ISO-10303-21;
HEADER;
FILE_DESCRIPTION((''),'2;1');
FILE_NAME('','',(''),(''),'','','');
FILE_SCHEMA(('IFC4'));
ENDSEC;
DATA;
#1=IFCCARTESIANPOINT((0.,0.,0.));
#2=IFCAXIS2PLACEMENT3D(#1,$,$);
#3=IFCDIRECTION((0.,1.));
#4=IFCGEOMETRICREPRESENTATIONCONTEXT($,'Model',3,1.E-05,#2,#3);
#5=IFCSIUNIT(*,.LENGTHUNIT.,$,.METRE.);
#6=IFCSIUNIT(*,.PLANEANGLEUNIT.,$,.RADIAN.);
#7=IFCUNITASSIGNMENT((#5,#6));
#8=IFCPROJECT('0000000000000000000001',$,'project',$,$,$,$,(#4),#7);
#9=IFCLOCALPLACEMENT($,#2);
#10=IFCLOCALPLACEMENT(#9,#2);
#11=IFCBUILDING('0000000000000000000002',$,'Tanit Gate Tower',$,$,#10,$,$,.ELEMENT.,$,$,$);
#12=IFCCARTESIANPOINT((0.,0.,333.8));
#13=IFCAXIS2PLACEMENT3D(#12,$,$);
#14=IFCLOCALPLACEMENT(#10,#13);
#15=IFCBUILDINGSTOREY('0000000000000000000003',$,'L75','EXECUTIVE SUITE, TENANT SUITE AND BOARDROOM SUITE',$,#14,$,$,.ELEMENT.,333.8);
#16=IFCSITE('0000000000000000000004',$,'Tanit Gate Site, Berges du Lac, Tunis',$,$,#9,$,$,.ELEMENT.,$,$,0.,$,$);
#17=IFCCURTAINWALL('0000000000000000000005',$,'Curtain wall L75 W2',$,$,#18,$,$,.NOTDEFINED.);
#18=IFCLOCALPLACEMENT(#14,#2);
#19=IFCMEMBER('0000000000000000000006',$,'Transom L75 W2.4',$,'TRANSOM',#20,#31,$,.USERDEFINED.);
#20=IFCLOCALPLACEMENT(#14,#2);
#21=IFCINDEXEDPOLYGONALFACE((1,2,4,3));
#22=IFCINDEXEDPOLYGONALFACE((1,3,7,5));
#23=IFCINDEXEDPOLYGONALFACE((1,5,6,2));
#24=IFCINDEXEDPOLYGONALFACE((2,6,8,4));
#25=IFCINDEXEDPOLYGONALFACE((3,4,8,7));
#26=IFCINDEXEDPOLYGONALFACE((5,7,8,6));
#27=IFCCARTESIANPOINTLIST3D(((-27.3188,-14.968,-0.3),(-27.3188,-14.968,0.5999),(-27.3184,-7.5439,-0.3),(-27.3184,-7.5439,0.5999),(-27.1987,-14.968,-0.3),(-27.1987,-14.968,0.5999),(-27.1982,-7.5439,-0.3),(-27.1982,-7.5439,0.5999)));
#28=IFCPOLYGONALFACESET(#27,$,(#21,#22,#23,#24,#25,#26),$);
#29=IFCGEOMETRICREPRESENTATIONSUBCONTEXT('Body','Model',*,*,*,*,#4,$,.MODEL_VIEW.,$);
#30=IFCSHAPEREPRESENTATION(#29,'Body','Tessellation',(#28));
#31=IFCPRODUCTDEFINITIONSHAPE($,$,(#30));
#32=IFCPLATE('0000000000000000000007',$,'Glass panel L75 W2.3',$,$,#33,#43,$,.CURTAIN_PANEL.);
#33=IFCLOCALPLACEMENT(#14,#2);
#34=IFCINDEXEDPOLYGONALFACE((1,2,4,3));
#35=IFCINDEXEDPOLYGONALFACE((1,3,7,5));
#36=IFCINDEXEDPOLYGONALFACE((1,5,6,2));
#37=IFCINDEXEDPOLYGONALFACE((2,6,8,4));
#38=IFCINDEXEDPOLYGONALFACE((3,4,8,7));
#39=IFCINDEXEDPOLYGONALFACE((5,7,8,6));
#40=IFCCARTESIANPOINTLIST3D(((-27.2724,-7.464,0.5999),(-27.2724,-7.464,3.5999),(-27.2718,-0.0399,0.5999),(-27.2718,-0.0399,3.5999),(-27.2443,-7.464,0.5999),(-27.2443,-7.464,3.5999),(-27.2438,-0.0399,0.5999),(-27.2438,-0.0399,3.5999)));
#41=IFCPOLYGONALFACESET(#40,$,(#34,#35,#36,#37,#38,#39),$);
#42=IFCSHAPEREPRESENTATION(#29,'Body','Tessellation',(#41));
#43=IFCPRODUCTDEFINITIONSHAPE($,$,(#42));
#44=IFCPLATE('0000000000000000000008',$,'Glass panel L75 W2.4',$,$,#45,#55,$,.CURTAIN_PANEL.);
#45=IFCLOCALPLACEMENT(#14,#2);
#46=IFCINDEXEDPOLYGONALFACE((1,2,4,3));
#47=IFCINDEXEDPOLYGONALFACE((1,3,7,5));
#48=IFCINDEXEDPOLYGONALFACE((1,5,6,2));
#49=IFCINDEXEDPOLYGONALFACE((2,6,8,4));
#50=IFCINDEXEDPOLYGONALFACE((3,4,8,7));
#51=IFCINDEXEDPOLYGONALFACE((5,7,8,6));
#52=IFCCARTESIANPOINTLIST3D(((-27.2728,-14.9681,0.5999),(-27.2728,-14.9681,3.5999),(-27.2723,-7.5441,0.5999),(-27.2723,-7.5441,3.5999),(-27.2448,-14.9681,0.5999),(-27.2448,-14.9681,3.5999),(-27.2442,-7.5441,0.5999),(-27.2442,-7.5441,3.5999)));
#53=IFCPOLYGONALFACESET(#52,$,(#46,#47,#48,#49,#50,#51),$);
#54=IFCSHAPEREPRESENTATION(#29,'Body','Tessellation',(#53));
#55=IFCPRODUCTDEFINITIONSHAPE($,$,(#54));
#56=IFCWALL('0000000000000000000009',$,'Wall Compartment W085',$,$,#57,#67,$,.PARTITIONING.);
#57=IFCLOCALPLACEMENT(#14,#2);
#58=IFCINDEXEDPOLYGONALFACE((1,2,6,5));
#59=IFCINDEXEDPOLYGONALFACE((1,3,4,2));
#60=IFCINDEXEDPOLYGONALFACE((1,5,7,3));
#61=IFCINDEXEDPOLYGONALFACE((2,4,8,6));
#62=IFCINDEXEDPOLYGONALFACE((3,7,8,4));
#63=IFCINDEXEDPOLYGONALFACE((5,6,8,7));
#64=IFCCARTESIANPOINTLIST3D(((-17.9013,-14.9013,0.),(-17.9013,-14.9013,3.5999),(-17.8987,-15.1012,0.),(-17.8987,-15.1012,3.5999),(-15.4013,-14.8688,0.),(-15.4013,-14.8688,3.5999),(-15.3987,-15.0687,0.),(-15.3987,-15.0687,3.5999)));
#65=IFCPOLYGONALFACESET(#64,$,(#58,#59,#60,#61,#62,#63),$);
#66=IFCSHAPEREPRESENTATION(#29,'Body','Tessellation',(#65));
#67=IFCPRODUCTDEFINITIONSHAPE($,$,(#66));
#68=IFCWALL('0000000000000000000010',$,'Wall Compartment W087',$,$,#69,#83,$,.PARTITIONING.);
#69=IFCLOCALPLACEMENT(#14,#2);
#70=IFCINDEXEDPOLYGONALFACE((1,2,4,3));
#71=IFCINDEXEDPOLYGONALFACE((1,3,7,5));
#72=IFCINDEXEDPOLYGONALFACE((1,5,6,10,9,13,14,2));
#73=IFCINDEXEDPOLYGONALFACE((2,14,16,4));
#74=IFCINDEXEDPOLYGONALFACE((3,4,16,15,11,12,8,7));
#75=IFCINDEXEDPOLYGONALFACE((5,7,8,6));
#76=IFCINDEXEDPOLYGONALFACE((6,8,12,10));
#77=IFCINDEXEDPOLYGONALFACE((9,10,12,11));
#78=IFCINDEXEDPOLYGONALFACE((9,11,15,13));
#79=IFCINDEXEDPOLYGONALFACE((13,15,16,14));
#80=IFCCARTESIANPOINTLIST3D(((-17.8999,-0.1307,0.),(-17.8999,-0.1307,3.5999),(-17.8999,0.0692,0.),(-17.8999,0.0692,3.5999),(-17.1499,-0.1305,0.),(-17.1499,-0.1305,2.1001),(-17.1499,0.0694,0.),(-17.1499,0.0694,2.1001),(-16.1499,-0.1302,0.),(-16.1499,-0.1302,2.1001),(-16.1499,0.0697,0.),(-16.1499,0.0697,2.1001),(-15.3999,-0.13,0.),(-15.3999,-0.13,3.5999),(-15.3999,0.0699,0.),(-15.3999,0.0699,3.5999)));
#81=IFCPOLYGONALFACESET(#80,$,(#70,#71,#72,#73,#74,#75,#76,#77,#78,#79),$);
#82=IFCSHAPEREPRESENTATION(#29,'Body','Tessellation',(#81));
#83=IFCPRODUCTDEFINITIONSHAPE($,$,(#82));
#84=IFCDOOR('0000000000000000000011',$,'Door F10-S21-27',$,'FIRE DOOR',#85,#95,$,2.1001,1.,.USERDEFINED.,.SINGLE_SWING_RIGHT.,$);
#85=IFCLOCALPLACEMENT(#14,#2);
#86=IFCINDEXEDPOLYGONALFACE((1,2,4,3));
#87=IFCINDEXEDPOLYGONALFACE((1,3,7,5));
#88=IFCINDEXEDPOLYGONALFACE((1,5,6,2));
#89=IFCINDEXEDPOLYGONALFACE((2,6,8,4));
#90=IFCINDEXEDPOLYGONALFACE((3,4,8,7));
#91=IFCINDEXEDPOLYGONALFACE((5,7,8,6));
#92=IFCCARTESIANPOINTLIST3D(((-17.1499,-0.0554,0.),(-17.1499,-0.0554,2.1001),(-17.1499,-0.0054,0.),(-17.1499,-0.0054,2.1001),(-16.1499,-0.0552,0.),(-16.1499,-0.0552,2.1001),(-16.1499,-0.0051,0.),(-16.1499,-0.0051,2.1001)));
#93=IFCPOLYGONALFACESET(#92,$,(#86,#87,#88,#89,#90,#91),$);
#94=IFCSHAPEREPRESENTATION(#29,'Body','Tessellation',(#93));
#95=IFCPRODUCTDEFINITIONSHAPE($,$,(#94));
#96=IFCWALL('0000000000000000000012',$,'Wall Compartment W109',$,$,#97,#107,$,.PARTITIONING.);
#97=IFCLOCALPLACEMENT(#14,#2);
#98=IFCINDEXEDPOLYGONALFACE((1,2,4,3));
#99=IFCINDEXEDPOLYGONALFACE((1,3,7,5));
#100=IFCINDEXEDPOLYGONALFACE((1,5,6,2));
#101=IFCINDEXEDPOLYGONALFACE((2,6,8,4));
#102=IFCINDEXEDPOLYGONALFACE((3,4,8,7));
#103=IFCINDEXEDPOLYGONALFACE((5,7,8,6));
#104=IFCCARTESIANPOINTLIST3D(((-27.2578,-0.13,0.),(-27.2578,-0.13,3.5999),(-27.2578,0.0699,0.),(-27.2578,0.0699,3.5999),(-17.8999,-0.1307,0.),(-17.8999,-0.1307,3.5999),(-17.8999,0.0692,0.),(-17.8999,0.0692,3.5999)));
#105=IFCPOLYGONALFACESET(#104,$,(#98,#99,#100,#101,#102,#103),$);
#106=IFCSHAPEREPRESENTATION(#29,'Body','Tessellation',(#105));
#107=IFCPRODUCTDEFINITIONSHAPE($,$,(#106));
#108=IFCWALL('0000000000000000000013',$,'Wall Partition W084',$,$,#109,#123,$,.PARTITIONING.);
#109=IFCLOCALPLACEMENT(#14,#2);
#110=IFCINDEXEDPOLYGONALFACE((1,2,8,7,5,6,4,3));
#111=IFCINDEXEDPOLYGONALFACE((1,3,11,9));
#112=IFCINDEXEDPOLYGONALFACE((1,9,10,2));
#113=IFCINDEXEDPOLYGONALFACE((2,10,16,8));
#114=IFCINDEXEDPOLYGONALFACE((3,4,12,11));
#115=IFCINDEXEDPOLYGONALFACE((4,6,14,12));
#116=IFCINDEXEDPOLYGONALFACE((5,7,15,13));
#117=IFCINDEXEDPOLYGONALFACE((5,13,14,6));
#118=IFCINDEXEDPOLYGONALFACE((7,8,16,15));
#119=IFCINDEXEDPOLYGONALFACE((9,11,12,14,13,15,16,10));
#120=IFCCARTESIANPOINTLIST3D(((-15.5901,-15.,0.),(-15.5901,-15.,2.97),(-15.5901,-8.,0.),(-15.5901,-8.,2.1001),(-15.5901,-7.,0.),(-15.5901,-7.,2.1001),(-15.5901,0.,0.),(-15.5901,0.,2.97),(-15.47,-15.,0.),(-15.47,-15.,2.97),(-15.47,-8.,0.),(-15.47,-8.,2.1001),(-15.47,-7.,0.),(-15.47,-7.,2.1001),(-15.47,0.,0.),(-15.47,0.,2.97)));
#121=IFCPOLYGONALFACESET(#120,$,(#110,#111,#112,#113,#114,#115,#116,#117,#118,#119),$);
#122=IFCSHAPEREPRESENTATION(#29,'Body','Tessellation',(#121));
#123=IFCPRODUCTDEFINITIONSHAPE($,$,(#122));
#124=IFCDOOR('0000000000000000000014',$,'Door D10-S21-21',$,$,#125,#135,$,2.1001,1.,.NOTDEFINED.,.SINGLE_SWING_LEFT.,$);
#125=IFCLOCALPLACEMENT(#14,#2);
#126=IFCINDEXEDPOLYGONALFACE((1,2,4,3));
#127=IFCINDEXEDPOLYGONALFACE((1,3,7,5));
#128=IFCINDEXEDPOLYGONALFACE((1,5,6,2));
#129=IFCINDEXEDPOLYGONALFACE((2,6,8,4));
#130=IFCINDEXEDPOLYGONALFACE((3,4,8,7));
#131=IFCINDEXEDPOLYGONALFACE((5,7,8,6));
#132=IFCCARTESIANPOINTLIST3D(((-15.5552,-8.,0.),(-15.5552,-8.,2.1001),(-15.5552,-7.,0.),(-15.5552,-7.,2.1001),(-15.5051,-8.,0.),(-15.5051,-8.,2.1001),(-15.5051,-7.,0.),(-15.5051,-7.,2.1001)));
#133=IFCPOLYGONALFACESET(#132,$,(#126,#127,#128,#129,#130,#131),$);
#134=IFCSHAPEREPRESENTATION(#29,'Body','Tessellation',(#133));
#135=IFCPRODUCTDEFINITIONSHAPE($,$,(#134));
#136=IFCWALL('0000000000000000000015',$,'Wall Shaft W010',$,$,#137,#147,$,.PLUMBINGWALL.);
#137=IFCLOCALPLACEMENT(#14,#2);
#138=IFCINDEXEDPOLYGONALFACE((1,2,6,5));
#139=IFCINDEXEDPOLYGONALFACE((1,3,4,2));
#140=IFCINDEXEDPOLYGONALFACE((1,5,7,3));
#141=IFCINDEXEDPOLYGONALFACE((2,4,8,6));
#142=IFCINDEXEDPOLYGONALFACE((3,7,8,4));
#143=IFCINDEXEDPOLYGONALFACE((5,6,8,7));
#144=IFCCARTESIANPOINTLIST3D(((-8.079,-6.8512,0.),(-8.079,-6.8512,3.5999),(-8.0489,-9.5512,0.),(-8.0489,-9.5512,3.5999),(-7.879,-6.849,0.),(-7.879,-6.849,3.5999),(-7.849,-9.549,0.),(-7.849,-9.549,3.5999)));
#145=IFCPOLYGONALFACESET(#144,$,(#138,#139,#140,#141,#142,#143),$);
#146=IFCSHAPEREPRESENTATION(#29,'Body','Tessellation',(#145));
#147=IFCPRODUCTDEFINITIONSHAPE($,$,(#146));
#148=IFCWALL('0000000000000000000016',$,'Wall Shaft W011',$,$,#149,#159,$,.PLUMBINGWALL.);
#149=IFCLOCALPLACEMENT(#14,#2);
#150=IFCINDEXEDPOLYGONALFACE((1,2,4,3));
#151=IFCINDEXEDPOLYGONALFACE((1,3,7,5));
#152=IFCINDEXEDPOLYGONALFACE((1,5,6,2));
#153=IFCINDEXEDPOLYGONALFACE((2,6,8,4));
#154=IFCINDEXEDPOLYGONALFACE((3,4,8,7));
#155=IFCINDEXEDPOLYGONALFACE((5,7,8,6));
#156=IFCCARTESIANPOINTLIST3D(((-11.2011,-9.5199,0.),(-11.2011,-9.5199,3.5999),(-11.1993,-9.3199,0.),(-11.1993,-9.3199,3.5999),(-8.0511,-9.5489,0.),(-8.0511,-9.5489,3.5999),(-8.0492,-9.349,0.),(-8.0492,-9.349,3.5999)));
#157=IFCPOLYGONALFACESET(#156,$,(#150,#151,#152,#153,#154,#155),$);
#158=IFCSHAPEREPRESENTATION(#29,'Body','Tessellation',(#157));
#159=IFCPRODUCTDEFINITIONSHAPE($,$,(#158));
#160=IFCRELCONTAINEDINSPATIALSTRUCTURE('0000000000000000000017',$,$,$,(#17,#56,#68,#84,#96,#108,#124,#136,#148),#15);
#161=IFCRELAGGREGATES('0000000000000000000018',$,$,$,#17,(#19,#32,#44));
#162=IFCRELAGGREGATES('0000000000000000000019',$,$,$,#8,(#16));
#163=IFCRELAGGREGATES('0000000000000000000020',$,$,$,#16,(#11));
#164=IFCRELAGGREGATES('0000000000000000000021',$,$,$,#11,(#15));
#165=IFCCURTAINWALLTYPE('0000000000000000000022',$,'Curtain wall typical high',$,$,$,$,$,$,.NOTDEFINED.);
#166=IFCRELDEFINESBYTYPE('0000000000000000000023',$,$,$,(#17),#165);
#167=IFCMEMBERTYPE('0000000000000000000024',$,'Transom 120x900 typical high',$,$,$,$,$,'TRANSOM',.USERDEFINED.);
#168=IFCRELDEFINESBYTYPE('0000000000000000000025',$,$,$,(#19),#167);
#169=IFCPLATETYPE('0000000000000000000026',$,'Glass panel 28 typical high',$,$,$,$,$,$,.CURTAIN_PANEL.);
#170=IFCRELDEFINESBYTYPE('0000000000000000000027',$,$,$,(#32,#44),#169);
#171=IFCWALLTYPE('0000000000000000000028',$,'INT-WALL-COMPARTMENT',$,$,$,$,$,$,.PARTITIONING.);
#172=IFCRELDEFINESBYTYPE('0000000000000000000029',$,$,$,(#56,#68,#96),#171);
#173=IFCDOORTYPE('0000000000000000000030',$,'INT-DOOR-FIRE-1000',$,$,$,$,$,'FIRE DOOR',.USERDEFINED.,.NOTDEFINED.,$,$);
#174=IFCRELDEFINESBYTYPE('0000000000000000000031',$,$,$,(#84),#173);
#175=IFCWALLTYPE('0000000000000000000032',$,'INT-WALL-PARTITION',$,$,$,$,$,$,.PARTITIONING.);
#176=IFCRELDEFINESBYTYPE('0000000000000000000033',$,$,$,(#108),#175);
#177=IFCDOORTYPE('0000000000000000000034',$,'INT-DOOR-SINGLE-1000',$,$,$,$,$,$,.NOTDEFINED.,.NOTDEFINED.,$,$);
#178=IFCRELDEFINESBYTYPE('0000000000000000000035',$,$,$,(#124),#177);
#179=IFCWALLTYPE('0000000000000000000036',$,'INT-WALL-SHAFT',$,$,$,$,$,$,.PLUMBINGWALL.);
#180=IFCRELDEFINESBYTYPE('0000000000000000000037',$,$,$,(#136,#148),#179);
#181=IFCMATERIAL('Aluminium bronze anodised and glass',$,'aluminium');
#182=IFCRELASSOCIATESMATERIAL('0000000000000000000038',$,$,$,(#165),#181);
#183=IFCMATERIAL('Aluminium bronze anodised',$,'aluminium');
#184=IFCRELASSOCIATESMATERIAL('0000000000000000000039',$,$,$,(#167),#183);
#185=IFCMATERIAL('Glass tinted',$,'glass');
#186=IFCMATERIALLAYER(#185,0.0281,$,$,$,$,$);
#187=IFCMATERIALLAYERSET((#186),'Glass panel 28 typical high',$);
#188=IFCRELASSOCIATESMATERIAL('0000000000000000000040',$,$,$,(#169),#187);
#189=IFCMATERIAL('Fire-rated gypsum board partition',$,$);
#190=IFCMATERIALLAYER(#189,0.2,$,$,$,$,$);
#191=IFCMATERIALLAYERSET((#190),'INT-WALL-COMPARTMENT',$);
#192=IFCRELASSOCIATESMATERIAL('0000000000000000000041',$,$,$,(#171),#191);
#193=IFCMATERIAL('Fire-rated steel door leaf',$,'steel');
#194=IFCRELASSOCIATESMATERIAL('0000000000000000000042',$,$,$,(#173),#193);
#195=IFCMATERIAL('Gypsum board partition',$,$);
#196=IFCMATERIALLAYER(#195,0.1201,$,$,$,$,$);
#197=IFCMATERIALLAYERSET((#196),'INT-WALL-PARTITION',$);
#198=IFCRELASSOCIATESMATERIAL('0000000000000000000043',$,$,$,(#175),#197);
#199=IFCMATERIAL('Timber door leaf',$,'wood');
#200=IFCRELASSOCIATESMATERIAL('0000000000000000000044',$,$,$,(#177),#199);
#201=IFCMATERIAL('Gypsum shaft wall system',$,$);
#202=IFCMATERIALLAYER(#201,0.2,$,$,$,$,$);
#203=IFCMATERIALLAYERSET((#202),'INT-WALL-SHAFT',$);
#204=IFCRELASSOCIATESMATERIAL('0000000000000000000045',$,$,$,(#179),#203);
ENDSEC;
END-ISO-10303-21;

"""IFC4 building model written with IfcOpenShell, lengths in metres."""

from ifc_helpers import new_model, si_unit, direction, frame, frame_2d, origin, origin_2d, place, context, subcontext, project, spatial, rectangle, extrude, material, layer, layer_set, material_profile, profile_set, type_object, element, fill, aggregate, save


model = new_model("IFC4")

# Units and contexts
model_context = context("Model", 3, precision=1e-05, world=origin(), true_north=direction((0.0, 1.0)))
body_context = subcontext(model_context, "Body", "Model", "MODEL_VIEW")
ifc_project = project(units=[si_unit("LENGTHUNIT", "METRE"), si_unit("PLANEANGLEUNIT", "RADIAN")], contexts=[model_context])

# Site, building, storey
site_placement = place(None, origin())
site = spatial("IfcSite", under=ifc_project, at=site_placement, Name="Tanit Gate Site, Berges du Lac, Tunis", CompositionType="ELEMENT", RefElevation=0.0)
building_placement = place(site_placement, origin())
building = spatial("IfcBuilding", under=site, at=building_placement, Name="Tanit Gate Tower", CompositionType="ELEMENT")
storey_placement = place(building_placement, frame((0.0, 0.0, 333.8)))
storey = spatial("IfcBuildingStorey", under=building, at=storey_placement, Name="L75", Description="EXECUTIVE SUITE, TENANT SUITE AND BOARDROOM SUITE", CompositionType="ELEMENT", Elevation=333.8)

# Curtain wall
ifc_material_1 = material(Name="Aluminium bronze anodised and glass", Category="aluminium")
curtain_wall_type = type_object("IfcCurtainWallType", Name="Curtain wall typical high", PredefinedType="NOTDEFINED", material=ifc_material_1)
curtain_wall_placement = place(storey_placement, origin())
curtain_wall = element("IfcCurtainWall", 1, at=curtain_wall_placement, inside=storey, type_object=curtain_wall_type, Name="Curtain wall L75 W2", PredefinedType="NOTDEFINED")

# Member
ifc_material_2 = material(Name="Aluminium bronze anodised", Category="aluminium")
ifc_material_profile_1 = material_profile(ifc_material_2, rectangle(XDim=0.1201, YDim=0.8999, at=origin_2d()), Name="120x900 bronze transom")
ifc_profile_set_1 = profile_set([ifc_material_profile_1], Name="Aluminium bronze anodised")
member_type_1 = type_object("IfcMemberType", Name="Transom 120x900 typical high", ElementType="TRANSOM", PredefinedType="USERDEFINED", material=ifc_profile_set_1)
member_1_placement = place(storey_placement, frame((-27.2583, -7.5439, 0.1499), z_axis=(-0.000066, -1.0, 0.0), x_axis=(1.0, -0.000066, 0.0)))
member_1 = element("IfcMember", 2, at=member_1_placement, type_object=member_type_1, Name="Transom L75 W2.4", ObjectType="TRANSOM", PredefinedType="USERDEFINED", context=body_context, shape_type="SweptSolid", body=[
    extrude(rectangle(XDim=0.1201, YDim=0.8999, at=origin_2d()), origin(), (0.0, 0.0, 1.0), 7.4241),
])

# Plates
ifc_material_3 = material(Name="Glass tinted", Category="glass")
ifc_layer_1 = layer(ifc_material_3, 0.0281)
ifc_layer_set_1 = layer_set([ifc_layer_1], Name="Glass panel 28 typical high")
plate_type = type_object("IfcPlateType", Name="Glass panel 28 typical high", PredefinedType="CURTAIN_PANEL", material=ifc_layer_set_1)
plate_1_placement = place(storey_placement, frame((-27.2581, -3.752, 0.5999), z_axis=(0.0, 0.0, 1.0), x_axis=(-0.000069, -1.0, 0.0)))
plate_1 = element("IfcPlate", 3, at=plate_1_placement, type_object=plate_type, Name="Glass panel L75 W2.3", PredefinedType="CURTAIN_PANEL", context=body_context, shape_type="SweptSolid", body=[
    extrude(rectangle(XDim=7.4241, YDim=0.0281, at=origin_2d()), origin(), (0.0, 0.0, 1.0), 3.0),
])
plate_2_placement = place(storey_placement, frame((-27.2585, -11.2561, 0.5999), z_axis=(0.0, 0.0, 1.0), x_axis=(-0.000069, -1.0, 0.0)))
plate_2 = element("IfcPlate", 4, at=plate_2_placement, type_object=plate_type, Name="Glass panel L75 W2.4", PredefinedType="CURTAIN_PANEL", context=body_context, shape_type="SweptSolid", body=[
    extrude(rectangle(XDim=7.4241, YDim=0.0281, at=origin_2d()), origin(), (0.0, 0.0, 1.0), 3.0),
])
aggregate(curtain_wall, [member_1, plate_1, plate_2])

# Wall
ifc_material_4 = material(Name="Fire-rated gypsum board partition")
ifc_layer_2 = layer(ifc_material_4, 0.2)
ifc_layer_set_2 = layer_set([ifc_layer_2], Name="INT-WALL-COMPARTMENT")
wall_type_1 = type_object("IfcWallType", Name="INT-WALL-COMPARTMENT", PredefinedType="PARTITIONING", material=ifc_layer_set_2)
wall_1_placement = place(storey_placement, frame((-17.8999, -15.0012, 0.0), z_axis=(0.0, 0.0, 1.0), x_axis=(0.999916, 0.012987, 0.0)))
element("IfcWall", 5, at=wall_1_placement, inside=storey, type_object=wall_type_1, Name="Wall Compartment W085", PredefinedType="PARTITIONING", context=body_context, shape_type="SweptSolid", body=[
    extrude(rectangle(XDim=2.5002, YDim=0.2, at=frame_2d((1.25, 0.0))), origin(), (0.0, 0.0, 1.0), 3.5999),
])

# Wall, opening, door
wall_2_placement = place(storey_placement, frame((-15.3999, -0.03, 0.0), z_axis=(0.0, 0.0, 1.0), x_axis=(-1.0, -0.000293, 0.0)))
wall_2 = element("IfcWall", 6, at=wall_2_placement, inside=storey, type_object=wall_type_1, Name="Wall Compartment W087", PredefinedType="PARTITIONING", context=body_context, shape_type="SweptSolid", body=[
    extrude(rectangle(XDim=2.5, YDim=0.2, at=frame_2d((1.25, 0.0))), origin(), (0.0, 0.0, 1.0), 3.5999),
])
opening_1_placement = place(wall_2_placement, frame((0.75, 0.0, 0.0)))
opening_1 = element("IfcOpeningElement", 7, at=opening_1_placement, cuts=wall_2, PredefinedType="OPENING", context=body_context, shape_type="SweptSolid", body=[
    extrude(rectangle(XDim=1.0, YDim=2.1001, at=frame_2d((0.5, 1.05))), frame((0.0, 0.1099, 0.0), z_axis=(0.0, -1.0, 0.0), x_axis=(1.0, 0.0, 0.0)), (0.0, 0.0, 1.0), 0.22),
])
ifc_material_5 = material(Name="Fire-rated steel door leaf", Category="steel")
door_type_1 = type_object("IfcDoorType", Name="INT-DOOR-FIRE-1000", ElementType="FIRE DOOR", OperationType="NOTDEFINED", PredefinedType="USERDEFINED", material=ifc_material_5)
door_1_placement = place(opening_1_placement, origin())
door_1 = element("IfcDoor", 8, at=door_1_placement, inside=storey, type_object=door_type_1, Name="Door F10-S21-27", ObjectType="FIRE DOOR", OperationType="SINGLE_SWING_RIGHT", OverallHeight=2.1001, OverallWidth=1.0, PredefinedType="USERDEFINED", context=body_context, shape_type="SweptSolid", body=[
    extrude(rectangle(XDim=1.0, YDim=2.1001, at=frame_2d((0.5, 1.05))), frame((0.0, 0.0249, 0.0), z_axis=(0.0, -1.0, 0.0), x_axis=(1.0, 0.0, 0.0)), (0.0, 0.0, 1.0), 0.05),
])
fill(opening_1, door_1)

# Wall
wall_3_placement = place(storey_placement, frame((-27.2578, -0.03, 0.0), z_axis=(0.0, 0.0, 1.0), x_axis=(1.0, -0.000078, 0.0)))
element("IfcWall", 9, at=wall_3_placement, inside=storey, type_object=wall_type_1, Name="Wall Compartment W109", PredefinedType="PARTITIONING", context=body_context, shape_type="SweptSolid", body=[
    extrude(rectangle(XDim=9.3579, YDim=0.2, at=frame_2d((4.679, 0.0))), origin(), (0.0, 0.0, 1.0), 3.5999),
])

# Wall, opening, door
ifc_material_6 = material(Name="Gypsum board partition")
ifc_layer_3 = layer(ifc_material_6, 0.1201)
ifc_layer_set_3 = layer_set([ifc_layer_3], Name="INT-WALL-PARTITION")
wall_type_2 = type_object("IfcWallType", Name="INT-WALL-PARTITION", PredefinedType="PARTITIONING", material=ifc_layer_set_3)
wall_4_placement = place(storey_placement, frame((-15.53, 0.0, 0.0), z_axis=(0.0, 0.0, 1.0), x_axis=(0.0, -1.0, 0.0)))
wall_4 = element("IfcWall", 10, at=wall_4_placement, inside=storey, type_object=wall_type_2, Name="Wall Partition W084", PredefinedType="PARTITIONING", context=body_context, shape_type="SweptSolid", body=[
    extrude(rectangle(XDim=15.0, YDim=0.1201, at=frame_2d((7.5, 0.0))), origin(), (0.0, 0.0, 1.0), 2.97),
])
opening_2_placement = place(wall_4_placement, frame((7.0, 0.0, 0.0)))
opening_2 = element("IfcOpeningElement", 11, at=opening_2_placement, cuts=wall_4, PredefinedType="OPENING", context=body_context, shape_type="SweptSolid", body=[
    extrude(rectangle(XDim=1.0, YDim=2.1001, at=frame_2d((0.5, 1.05))), frame((0.0, 0.0701, 0.0), z_axis=(0.0, -1.0, 0.0), x_axis=(1.0, 0.0, 0.0)), (0.0, 0.0, 1.0), 0.1401),
])
ifc_material_7 = material(Name="Timber door leaf", Category="wood")
door_type_2 = type_object("IfcDoorType", Name="INT-DOOR-SINGLE-1000", OperationType="NOTDEFINED", PredefinedType="NOTDEFINED", material=ifc_material_7)
door_2_placement = place(opening_2_placement, origin())
door_2 = element("IfcDoor", 12, at=door_2_placement, inside=storey, type_object=door_type_2, Name="Door D10-S21-21", OperationType="SINGLE_SWING_LEFT", OverallHeight=2.1001, OverallWidth=1.0, PredefinedType="NOTDEFINED", context=body_context, shape_type="SweptSolid", body=[
    extrude(rectangle(XDim=1.0, YDim=2.1001, at=frame_2d((0.5, 1.05))), frame((0.0, 0.0249, 0.0), z_axis=(0.0, -1.0, 0.0), x_axis=(1.0, 0.0, 0.0)), (0.0, 0.0, 1.0), 0.05),
])
fill(opening_2, door_2)

# Walls
ifc_material_8 = material(Name="Gypsum shaft wall system")
ifc_layer_4 = layer(ifc_material_8, 0.2)
ifc_layer_set_4 = layer_set([ifc_layer_4], Name="INT-WALL-SHAFT")
wall_type_3 = type_object("IfcWallType", Name="INT-WALL-SHAFT", PredefinedType="PLUMBINGWALL", material=ifc_layer_set_4)
wall_5_placement = place(storey_placement, frame((-7.979, -6.8501, 0.0), z_axis=(0.0, 0.0, 1.0), x_axis=(0.011121, -0.999938, 0.0)))
element("IfcWall", 13, at=wall_5_placement, inside=storey, type_object=wall_type_3, Name="Wall Shaft W010", PredefinedType="PLUMBINGWALL", context=body_context, shape_type="SweptSolid", body=[
    extrude(rectangle(XDim=2.7002, YDim=0.2, at=frame_2d((1.3501, 0.0))), origin(), (0.0, 0.0, 1.0), 3.5999),
])
wall_6_placement = place(storey_placement, frame((-8.05, -9.449, 0.0), z_axis=(0.0, 0.0, 1.0), x_axis=(-0.999957, 0.009223, 0.0)))
element("IfcWall", 14, at=wall_6_placement, inside=storey, type_object=wall_type_3, Name="Wall Shaft W011", PredefinedType="PLUMBINGWALL", context=body_context, shape_type="SweptSolid", body=[
    extrude(rectangle(XDim=3.1501, YDim=0.2, at=frame_2d((1.5752, 0.0))), origin(), (0.0, 0.0, 1.0), 3.5999),
])

save(model, "model.ifc")
